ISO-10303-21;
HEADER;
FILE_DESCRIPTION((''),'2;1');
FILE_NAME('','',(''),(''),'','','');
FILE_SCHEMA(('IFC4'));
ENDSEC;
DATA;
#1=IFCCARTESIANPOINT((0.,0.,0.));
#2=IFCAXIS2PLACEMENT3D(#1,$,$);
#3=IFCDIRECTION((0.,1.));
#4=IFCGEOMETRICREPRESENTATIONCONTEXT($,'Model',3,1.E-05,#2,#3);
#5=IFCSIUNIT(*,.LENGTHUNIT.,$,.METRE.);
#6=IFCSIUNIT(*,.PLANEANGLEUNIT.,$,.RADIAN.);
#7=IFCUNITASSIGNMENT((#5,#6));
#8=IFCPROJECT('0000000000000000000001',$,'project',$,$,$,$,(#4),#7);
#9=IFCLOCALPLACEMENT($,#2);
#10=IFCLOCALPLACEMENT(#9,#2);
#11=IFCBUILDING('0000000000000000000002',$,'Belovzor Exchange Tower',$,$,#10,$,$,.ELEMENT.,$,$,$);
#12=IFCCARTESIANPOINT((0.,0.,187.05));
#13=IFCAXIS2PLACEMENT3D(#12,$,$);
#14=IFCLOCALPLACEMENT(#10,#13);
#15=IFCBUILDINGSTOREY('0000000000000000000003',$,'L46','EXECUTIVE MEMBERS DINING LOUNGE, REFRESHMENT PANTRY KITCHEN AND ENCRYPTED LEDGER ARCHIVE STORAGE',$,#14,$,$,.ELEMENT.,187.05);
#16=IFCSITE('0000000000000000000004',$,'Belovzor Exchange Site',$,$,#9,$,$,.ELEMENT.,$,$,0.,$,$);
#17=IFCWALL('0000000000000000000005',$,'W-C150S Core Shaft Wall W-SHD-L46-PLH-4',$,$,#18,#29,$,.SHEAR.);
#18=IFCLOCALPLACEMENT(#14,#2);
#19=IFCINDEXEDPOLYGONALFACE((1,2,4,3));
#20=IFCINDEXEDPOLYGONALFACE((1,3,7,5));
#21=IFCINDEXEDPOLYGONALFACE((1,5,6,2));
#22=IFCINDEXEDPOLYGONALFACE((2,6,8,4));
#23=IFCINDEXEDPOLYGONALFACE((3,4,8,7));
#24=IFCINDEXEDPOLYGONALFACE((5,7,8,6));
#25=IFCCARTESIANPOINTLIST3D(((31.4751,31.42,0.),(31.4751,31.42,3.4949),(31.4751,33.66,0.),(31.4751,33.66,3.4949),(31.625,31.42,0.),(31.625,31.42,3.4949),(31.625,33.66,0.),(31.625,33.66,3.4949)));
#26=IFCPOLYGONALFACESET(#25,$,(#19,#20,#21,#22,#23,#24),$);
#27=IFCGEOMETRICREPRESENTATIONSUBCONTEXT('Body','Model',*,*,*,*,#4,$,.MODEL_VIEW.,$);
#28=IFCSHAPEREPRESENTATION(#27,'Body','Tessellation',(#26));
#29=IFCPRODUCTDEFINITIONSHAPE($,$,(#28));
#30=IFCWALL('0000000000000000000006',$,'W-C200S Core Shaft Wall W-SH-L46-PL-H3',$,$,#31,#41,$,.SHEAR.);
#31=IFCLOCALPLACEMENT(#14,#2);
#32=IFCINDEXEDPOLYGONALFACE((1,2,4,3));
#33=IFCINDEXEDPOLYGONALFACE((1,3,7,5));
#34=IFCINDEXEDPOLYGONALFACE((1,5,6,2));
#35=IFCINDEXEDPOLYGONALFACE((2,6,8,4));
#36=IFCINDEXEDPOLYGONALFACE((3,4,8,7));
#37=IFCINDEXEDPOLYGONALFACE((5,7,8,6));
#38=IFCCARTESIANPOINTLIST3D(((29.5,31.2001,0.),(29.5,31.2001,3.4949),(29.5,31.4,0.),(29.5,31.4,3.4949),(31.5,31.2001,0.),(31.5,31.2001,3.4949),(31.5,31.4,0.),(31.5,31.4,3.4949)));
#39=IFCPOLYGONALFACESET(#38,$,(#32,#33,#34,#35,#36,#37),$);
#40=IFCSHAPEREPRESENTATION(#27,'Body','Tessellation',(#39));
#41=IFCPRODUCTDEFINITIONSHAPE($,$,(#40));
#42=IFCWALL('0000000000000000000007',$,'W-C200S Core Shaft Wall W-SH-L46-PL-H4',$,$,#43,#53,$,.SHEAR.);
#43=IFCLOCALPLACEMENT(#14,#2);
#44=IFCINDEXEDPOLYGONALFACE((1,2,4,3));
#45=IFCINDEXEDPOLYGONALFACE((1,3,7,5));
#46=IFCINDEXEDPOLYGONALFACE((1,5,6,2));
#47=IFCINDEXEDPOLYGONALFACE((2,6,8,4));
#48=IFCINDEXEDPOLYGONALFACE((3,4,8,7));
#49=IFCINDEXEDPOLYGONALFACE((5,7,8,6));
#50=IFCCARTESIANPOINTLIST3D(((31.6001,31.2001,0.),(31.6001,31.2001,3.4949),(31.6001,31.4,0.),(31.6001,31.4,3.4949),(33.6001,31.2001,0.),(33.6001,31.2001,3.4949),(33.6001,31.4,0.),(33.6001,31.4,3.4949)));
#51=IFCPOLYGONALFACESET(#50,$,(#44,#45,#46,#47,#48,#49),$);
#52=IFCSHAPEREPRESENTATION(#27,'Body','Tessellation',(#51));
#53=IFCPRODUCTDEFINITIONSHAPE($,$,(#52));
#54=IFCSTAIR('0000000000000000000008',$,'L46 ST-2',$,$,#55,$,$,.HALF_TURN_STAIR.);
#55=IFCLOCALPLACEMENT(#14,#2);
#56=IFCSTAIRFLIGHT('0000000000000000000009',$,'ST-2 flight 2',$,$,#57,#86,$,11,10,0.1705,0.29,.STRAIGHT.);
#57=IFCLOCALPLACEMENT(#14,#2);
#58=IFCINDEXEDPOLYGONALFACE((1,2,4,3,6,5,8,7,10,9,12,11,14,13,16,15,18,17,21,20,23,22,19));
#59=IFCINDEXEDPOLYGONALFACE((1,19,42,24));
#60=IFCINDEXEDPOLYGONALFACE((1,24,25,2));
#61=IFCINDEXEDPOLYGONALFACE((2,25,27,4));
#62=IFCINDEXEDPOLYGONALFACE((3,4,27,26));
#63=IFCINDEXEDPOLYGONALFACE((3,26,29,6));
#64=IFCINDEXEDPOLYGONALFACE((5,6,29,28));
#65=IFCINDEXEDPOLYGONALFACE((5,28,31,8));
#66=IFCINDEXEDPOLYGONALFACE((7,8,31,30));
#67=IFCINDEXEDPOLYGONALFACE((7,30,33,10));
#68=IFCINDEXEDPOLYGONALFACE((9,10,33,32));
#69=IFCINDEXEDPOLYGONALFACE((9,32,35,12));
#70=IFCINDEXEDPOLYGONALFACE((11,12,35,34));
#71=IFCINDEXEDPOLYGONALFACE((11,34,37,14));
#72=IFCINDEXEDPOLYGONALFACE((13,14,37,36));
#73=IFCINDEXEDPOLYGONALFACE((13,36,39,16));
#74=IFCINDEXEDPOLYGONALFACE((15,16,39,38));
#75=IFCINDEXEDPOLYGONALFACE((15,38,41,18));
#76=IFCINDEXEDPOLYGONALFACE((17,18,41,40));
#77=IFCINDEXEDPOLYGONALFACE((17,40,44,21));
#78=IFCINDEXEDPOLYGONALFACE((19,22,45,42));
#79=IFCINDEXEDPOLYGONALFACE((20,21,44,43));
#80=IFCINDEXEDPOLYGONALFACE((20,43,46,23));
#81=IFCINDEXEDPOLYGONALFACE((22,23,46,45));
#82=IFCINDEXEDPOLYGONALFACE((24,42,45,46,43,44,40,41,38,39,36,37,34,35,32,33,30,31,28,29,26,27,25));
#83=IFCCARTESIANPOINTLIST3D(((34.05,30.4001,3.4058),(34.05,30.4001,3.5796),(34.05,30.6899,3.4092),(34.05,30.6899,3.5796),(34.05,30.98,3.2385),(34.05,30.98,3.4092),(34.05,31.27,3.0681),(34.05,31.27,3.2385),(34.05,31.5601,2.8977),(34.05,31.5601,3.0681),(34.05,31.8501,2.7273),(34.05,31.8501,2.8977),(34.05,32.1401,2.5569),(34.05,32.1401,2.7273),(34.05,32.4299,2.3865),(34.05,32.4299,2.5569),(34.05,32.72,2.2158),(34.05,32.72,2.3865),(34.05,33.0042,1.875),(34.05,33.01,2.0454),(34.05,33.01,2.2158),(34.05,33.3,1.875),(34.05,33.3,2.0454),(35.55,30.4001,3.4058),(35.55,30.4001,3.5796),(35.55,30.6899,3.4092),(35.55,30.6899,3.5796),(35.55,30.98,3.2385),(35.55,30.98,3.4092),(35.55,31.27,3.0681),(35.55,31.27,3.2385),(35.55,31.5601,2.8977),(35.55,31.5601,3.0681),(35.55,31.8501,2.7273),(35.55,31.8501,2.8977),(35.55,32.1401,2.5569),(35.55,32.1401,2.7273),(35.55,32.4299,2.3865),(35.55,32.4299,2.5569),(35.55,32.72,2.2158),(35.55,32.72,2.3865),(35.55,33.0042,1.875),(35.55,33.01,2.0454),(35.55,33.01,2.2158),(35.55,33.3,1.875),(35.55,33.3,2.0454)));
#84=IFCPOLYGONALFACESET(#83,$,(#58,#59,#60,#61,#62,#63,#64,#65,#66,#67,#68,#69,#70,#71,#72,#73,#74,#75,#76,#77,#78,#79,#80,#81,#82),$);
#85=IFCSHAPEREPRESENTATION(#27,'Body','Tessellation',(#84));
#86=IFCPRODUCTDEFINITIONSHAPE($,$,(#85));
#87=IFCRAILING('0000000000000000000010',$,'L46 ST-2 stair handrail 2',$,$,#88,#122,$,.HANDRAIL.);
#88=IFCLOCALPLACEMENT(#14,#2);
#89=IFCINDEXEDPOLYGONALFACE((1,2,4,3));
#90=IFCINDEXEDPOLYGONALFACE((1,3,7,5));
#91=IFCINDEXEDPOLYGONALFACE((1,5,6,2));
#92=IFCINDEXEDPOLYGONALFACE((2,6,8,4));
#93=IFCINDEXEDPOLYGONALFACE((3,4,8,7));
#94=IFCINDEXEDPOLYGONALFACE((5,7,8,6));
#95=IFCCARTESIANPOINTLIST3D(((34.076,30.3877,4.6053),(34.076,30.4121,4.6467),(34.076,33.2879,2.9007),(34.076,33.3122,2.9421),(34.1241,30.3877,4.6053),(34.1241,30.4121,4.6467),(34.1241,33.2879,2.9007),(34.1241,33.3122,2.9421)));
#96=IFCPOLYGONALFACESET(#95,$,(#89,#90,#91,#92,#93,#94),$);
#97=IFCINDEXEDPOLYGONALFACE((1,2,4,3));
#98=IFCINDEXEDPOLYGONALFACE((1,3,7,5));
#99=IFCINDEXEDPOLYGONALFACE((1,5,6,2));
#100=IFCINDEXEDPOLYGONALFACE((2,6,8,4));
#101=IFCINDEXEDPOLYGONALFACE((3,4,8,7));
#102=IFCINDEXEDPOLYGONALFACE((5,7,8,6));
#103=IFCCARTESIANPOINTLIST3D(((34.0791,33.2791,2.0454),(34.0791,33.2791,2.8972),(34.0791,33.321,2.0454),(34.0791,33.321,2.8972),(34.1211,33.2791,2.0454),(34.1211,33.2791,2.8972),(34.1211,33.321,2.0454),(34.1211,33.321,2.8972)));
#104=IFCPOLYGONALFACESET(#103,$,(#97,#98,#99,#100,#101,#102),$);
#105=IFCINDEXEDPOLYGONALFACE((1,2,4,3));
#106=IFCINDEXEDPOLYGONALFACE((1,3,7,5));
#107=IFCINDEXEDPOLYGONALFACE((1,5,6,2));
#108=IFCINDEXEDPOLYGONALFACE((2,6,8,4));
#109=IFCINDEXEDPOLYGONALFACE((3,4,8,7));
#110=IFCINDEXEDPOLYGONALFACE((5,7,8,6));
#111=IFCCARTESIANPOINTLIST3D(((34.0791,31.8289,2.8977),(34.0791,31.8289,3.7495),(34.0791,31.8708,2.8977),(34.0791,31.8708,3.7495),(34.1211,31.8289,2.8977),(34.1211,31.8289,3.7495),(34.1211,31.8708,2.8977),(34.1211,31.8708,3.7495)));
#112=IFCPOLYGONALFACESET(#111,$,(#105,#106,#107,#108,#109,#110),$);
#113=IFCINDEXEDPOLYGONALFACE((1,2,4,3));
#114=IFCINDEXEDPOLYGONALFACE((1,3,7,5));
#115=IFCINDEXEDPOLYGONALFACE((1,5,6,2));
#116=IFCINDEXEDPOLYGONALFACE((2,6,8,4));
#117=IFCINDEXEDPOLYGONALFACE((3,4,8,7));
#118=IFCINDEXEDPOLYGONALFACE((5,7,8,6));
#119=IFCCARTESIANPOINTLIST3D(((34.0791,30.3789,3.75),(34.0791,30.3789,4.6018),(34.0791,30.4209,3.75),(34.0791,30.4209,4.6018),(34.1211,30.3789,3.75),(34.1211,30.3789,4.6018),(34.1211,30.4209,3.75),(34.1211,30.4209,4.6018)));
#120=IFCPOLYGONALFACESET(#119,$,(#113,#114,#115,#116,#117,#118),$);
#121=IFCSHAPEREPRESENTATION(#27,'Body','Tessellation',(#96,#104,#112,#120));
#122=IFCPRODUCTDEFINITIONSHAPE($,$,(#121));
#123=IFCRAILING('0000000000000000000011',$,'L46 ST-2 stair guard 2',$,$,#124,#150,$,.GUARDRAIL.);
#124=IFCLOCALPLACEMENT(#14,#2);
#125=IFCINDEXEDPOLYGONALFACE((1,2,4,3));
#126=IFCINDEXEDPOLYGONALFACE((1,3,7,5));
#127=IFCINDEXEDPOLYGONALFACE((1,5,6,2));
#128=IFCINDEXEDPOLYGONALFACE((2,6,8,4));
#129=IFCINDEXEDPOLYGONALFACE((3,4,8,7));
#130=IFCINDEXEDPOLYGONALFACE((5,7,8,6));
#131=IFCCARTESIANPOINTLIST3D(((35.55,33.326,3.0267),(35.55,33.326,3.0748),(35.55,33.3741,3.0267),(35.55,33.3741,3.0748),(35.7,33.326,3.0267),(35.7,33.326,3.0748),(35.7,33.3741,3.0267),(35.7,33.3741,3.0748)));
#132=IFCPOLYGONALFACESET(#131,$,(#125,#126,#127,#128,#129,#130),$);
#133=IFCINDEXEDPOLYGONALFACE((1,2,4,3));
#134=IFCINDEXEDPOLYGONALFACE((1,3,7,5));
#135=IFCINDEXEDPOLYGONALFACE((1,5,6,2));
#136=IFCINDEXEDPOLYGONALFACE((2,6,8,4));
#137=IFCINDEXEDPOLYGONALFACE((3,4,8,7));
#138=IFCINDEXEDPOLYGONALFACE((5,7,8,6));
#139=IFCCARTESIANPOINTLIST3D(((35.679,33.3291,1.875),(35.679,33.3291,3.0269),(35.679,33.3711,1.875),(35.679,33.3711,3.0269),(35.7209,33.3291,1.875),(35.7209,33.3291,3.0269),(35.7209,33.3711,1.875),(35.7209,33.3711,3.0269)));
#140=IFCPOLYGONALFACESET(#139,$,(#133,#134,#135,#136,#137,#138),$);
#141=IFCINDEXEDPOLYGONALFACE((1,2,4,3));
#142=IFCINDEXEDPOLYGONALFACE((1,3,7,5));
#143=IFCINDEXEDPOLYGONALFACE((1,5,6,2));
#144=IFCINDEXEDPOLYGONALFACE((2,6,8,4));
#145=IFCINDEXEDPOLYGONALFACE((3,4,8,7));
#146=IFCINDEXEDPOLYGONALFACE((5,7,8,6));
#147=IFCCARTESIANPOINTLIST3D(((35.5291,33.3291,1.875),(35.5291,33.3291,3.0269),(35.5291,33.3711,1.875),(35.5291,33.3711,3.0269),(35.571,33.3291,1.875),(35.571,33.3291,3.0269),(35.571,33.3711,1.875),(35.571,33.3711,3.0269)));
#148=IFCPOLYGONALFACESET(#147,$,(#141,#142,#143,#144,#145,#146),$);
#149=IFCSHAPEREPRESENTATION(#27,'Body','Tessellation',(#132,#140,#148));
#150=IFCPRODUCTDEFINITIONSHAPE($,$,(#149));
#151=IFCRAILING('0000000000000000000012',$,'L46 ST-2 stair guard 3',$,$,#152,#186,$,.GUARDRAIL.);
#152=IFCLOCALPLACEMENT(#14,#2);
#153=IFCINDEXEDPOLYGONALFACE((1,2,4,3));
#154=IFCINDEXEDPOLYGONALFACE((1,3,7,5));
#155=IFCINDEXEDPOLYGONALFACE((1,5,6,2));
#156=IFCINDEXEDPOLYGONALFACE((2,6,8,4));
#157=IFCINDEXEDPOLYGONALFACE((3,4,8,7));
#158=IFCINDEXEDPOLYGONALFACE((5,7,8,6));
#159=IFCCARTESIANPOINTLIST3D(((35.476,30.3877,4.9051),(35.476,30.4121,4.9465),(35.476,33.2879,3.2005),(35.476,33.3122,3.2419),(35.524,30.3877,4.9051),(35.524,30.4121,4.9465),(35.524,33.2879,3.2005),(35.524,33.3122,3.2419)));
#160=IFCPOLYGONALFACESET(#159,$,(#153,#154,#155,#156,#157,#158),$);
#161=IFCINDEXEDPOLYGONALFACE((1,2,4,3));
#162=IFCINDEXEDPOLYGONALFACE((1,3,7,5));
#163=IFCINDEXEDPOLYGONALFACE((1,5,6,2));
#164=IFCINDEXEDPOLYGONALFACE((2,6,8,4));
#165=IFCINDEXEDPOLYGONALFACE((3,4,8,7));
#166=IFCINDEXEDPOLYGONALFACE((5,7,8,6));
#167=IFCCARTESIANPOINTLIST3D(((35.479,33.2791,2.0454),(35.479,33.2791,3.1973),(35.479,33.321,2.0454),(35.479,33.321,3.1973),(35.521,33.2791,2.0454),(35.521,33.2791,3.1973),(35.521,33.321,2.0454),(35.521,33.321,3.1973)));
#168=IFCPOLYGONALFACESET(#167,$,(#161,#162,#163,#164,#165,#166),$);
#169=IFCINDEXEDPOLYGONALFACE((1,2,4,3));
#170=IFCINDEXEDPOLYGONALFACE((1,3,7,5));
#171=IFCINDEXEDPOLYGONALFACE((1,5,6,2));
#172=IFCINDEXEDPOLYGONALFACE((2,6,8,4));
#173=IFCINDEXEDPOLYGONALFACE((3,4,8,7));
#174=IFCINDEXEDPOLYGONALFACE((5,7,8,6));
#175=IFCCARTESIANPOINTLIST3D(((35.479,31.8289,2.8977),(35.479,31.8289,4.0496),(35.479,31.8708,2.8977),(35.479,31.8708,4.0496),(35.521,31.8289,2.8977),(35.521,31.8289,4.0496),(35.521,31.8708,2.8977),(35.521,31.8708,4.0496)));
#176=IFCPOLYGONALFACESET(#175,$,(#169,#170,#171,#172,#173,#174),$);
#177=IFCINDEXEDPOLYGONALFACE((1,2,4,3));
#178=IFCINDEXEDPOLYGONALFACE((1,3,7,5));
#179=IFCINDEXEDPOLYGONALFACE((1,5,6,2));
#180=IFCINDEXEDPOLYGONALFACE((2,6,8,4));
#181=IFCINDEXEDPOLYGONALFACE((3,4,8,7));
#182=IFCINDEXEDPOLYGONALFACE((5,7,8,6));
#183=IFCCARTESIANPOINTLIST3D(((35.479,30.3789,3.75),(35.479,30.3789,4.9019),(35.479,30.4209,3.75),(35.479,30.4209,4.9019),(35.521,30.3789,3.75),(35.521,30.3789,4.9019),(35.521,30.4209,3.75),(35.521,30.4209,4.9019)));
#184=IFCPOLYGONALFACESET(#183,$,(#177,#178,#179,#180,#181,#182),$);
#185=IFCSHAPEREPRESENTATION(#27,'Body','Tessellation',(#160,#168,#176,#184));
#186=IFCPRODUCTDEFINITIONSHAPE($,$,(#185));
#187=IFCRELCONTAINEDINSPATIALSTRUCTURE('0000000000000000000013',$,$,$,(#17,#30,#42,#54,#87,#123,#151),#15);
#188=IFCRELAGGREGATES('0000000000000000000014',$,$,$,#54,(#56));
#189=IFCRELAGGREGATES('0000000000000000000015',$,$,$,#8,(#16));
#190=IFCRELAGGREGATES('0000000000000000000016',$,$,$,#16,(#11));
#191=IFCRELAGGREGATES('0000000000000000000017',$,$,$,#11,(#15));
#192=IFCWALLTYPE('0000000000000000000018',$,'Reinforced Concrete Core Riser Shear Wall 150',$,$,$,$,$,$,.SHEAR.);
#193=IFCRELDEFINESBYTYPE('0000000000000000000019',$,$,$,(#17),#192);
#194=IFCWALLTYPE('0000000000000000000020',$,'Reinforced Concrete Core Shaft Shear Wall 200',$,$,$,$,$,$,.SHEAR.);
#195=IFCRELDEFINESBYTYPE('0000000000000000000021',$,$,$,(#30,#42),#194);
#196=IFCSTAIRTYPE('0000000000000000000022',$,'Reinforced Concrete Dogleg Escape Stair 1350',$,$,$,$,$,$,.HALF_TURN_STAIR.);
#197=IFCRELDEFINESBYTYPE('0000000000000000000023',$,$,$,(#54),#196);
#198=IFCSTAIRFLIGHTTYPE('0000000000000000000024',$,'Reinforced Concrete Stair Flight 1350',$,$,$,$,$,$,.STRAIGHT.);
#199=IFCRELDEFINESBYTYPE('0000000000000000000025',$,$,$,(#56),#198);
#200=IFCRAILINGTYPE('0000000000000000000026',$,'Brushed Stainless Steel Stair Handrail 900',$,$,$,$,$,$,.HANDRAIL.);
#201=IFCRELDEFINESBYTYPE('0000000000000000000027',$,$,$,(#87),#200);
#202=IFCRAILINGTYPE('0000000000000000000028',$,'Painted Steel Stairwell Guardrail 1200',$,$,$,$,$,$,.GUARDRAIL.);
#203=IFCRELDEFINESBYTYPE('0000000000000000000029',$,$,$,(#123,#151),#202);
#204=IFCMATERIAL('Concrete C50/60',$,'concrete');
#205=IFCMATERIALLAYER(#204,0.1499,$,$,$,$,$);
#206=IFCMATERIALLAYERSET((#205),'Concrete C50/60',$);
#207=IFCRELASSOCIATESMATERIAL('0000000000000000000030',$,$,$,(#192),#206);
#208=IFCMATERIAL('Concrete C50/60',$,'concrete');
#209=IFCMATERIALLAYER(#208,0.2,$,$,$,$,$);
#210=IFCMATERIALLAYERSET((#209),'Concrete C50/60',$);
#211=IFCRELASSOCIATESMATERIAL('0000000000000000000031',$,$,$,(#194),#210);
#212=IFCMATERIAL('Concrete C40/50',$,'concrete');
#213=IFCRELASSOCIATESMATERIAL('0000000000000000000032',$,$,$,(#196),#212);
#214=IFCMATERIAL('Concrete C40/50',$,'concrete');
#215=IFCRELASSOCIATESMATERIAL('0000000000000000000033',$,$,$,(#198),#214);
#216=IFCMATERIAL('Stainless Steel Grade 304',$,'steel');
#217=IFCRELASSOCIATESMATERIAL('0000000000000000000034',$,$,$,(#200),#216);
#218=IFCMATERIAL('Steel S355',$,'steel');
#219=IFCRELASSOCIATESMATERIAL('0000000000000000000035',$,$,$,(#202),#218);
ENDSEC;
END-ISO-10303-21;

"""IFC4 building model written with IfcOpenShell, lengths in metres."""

from ifc_helpers import new_model, si_unit, direction, frame, frame_2d, origin, origin_2d, place, context, subcontext, project, spatial, polyline, rectangle, outline, extrude, material, layer, layer_set, type_object, element, aggregate, save


model = new_model("IFC4")

# Units and contexts
model_context = context("Model", 3, precision=1e-05, world=origin(), true_north=direction((0.0, 1.0)))
body_context = subcontext(model_context, "Body", "Model", "MODEL_VIEW")
ifc_project = project(units=[si_unit("LENGTHUNIT", "METRE"), si_unit("PLANEANGLEUNIT", "RADIAN")], contexts=[model_context])

# Site, building, storey
site_placement = place(None, origin())
site = spatial("IfcSite", under=ifc_project, at=site_placement, Name="Belovzor Exchange Site", CompositionType="ELEMENT", RefElevation=0.0)
building_placement = place(site_placement, origin())
building = spatial("IfcBuilding", under=site, at=building_placement, Name="Belovzor Exchange Tower", CompositionType="ELEMENT")
storey_placement = place(building_placement, frame((0.0, 0.0, 187.05)))
storey = spatial("IfcBuildingStorey", under=building, at=storey_placement, Name="L46", Description="EXECUTIVE MEMBERS DINING LOUNGE, REFRESHMENT PANTRY KITCHEN AND ENCRYPTED LEDGER ARCHIVE STORAGE", CompositionType="ELEMENT", Elevation=187.05)

# Walls
ifc_material_1 = material(Name="Concrete C50/60", Category="concrete")
ifc_layer_1 = layer(ifc_material_1, 0.1499)
ifc_layer_set_1 = layer_set([ifc_layer_1], Name="Concrete C50/60")
wall_type_1 = type_object("IfcWallType", Name="Reinforced Concrete Core Riser Shear Wall 150", PredefinedType="SHEAR", material=ifc_layer_set_1)
for number, where, z_axis, x_axis, name in (
    (1, (31.55, 31.4199, 0.0), (0.0, 0.0, 1.0), (0.0, 1.0, 0.0), "W-C150S Core Shaft Wall W-SHD-L46-PLH-4"),
):
    element("IfcWall", number, at=place(storey_placement, frame(where, z_axis=z_axis, x_axis=x_axis)), inside=storey, type_object=wall_type_1, Name=name, PredefinedType="SHEAR", context=body_context, shape_type="SweptSolid", body=[
        extrude(rectangle(XDim=2.24, YDim=0.1499, at=frame_2d((1.1201, 0.0))), origin(), (0.0, 0.0, 1.0), 3.4949),
    ])
ifc_material_2 = material(Name="Concrete C50/60", Category="concrete")
ifc_layer_2 = layer(ifc_material_2, 0.2)
ifc_layer_set_2 = layer_set([ifc_layer_2], Name="Concrete C50/60")
wall_type_2 = type_object("IfcWallType", Name="Reinforced Concrete Core Shaft Shear Wall 200", PredefinedType="SHEAR", material=ifc_layer_set_2)
for number, where, z_axis, x_axis, name in (
    (2, (29.5, 31.3, 0.0), (0.0, 0.0, 1.0), (1.0, 0.0, 0.0), "W-C200S Core Shaft Wall W-SH-L46-PL-H3"),
    (3, (31.6001, 31.3, 0.0), (0.0, 0.0, 1.0), (1.0, 0.0, 0.0), "W-C200S Core Shaft Wall W-SH-L46-PL-H4"),
):
    element("IfcWall", number, at=place(storey_placement, frame(where, z_axis=z_axis, x_axis=x_axis)), inside=storey, type_object=wall_type_2, Name=name, PredefinedType="SHEAR", context=body_context, shape_type="SweptSolid", body=[
        extrude(rectangle(XDim=2.0, YDim=0.2, at=frame_2d((1.0, 0.0))), origin(), (0.0, 0.0, 1.0), 3.4949),
    ])

# Stair, stair flight
ifc_material_3 = material(Name="Concrete C40/50", Category="concrete")
stair_type = type_object("IfcStairType", Name="Reinforced Concrete Dogleg Escape Stair 1350", PredefinedType="HALF_TURN_STAIR", material=ifc_material_3)
stair_placement = place(storey_placement, origin())
stair = element("IfcStair", 4, at=stair_placement, inside=storey, type_object=stair_type, Name="L46 ST-2", PredefinedType="HALF_TURN_STAIR")
ifc_material_4 = material(Name="Concrete C40/50", Category="concrete")
stair_flight_type = type_object("IfcStairFlightType", Name="Reinforced Concrete Stair Flight 1350", PredefinedType="STRAIGHT", material=ifc_material_4)
stair_flight_placement = place(storey_placement, frame((34.8, 33.3, 1.875), z_axis=(0.0, 0.0, 1.0), x_axis=(0.0, -1.0, 0.0)))
stair_flight = element("IfcStairFlight", 5, at=stair_flight_placement, type_object=stair_flight_type, Name="ST-2 flight 2", NumberOfRisers=11, NumberOfTreads=10, PredefinedType="STRAIGHT", RiserHeight=0.1705, TreadLength=0.29, context=body_context, shape_type="SweptSolid", body=[
    extrude(outline(polyline([(0.0, 0.0), (0.0, 0.1704), (0.29, 0.1704), (0.29, 0.3408), (0.5801, 0.3408), (0.5801, 0.5115), (0.8701, 0.5115), (0.8701, 0.6819), (1.1599, 0.6819), (1.1599, 0.8523), (1.45, 0.8523), (1.45, 1.0227), (1.74, 1.0227), (1.74, 1.1931), (2.03, 1.1931), (2.03, 1.3635), (2.3201, 1.3635), (2.3201, 1.5342), (2.6101, 1.5342), (2.6101, 1.7046), (2.8999, 1.7046), (2.8999, 1.875), (2.8999, 1.5308), (0.2959, 0.0), (0.0, 0.0)])), frame((0.0, 0.75, 0.0), z_axis=(0.0, -1.0, 0.0), x_axis=(1.0, 0.0, 0.0)), (0.0, 0.0, 1.0), 1.5),
])
aggregate(stair, [stair_flight])

# Railings
ifc_material_5 = material(Name="Stainless Steel Grade 304", Category="steel")
railing_type_1 = type_object("IfcRailingType", Name="Brushed Stainless Steel Stair Handrail 900", PredefinedType="HANDRAIL", material=ifc_material_5)
railing_1_placement = place(storey_placement, frame((34.1001, 33.3, 2.0454)))
element("IfcRailing", 6, at=railing_1_placement, inside=storey, type_object=railing_type_1, Name="L46 ST-2 stair handrail 2", PredefinedType="HANDRAIL", context=body_context, shape_type="SweptSolid", body=[
    extrude(rectangle(XDim=0.0481, YDim=0.0481, at=origin_2d()), frame((0.0, 0.0, 0.876), z_axis=(0.0, -0.862113, 0.506716), x_axis=(1.0, 0.0, 0.0)), (0.0, 0.0, 1.0), 3.364),
    extrude(rectangle(XDim=0.042, YDim=0.042, at=origin_2d()), origin(), (0.0, 0.0, 1.0), 0.8518),
    extrude(rectangle(XDim=0.042, YDim=0.042, at=origin_2d()), frame((0.0, -1.4502, 0.8523)), (0.0, 0.0, 1.0), 0.8518),
    extrude(rectangle(XDim=0.042, YDim=0.042, at=origin_2d()), frame((0.0, -2.9001, 1.7046)), (0.0, 0.0, 1.0), 0.8518),
])
ifc_material_6 = material(Name="Steel S355", Category="steel")
railing_type_2 = type_object("IfcRailingType", Name="Painted Steel Stairwell Guardrail 1200", PredefinedType="GUARDRAIL", material=ifc_material_6)
railing_2_placement = place(storey_placement, frame((35.7, 33.3501, 1.875)))
element("IfcRailing", 7, at=railing_2_placement, inside=storey, type_object=railing_type_2, Name="L46 ST-2 stair guard 2", PredefinedType="GUARDRAIL", context=body_context, shape_type="SweptSolid", body=[
    extrude(rectangle(XDim=0.0481, YDim=0.0481, at=origin_2d()), frame((0.0, 0.0, 1.1758), z_axis=(-1.0, 0.0, 0.0), x_axis=(0.0, -1.0, 0.0)), (0.0, 0.0, 1.0), 0.1499),
    extrude(rectangle(XDim=0.042, YDim=0.042, at=origin_2d()), origin(), (0.0, 0.0, 1.0), 1.1519),
    extrude(rectangle(XDim=0.042, YDim=0.042, at=origin_2d()), frame((-0.1499, 0.0, 0.0)), (0.0, 0.0, 1.0), 1.1519),
])
railing_3_placement = place(storey_placement, frame((35.5, 33.3, 2.0454)))
element("IfcRailing", 8, at=railing_3_placement, inside=storey, type_object=railing_type_2, Name="L46 ST-2 stair guard 3", PredefinedType="GUARDRAIL", context=body_context, shape_type="SweptSolid", body=[
    extrude(rectangle(XDim=0.0481, YDim=0.0481, at=origin_2d()), frame((0.0, 0.0, 1.1758), z_axis=(0.0, -0.862113, 0.506716), x_axis=(1.0, 0.0, 0.0)), (0.0, 0.0, 1.0), 3.364),
    extrude(rectangle(XDim=0.042, YDim=0.042, at=origin_2d()), origin(), (0.0, 0.0, 1.0), 1.1519),
    extrude(rectangle(XDim=0.042, YDim=0.042, at=origin_2d()), frame((0.0, -1.4502, 0.8523)), (0.0, 0.0, 1.0), 1.1519),
    extrude(rectangle(XDim=0.042, YDim=0.042, at=origin_2d()), frame((0.0, -2.9001, 1.7046)), (0.0, 0.0, 1.0), 1.1519),
])

save(model, "model.ifc")
